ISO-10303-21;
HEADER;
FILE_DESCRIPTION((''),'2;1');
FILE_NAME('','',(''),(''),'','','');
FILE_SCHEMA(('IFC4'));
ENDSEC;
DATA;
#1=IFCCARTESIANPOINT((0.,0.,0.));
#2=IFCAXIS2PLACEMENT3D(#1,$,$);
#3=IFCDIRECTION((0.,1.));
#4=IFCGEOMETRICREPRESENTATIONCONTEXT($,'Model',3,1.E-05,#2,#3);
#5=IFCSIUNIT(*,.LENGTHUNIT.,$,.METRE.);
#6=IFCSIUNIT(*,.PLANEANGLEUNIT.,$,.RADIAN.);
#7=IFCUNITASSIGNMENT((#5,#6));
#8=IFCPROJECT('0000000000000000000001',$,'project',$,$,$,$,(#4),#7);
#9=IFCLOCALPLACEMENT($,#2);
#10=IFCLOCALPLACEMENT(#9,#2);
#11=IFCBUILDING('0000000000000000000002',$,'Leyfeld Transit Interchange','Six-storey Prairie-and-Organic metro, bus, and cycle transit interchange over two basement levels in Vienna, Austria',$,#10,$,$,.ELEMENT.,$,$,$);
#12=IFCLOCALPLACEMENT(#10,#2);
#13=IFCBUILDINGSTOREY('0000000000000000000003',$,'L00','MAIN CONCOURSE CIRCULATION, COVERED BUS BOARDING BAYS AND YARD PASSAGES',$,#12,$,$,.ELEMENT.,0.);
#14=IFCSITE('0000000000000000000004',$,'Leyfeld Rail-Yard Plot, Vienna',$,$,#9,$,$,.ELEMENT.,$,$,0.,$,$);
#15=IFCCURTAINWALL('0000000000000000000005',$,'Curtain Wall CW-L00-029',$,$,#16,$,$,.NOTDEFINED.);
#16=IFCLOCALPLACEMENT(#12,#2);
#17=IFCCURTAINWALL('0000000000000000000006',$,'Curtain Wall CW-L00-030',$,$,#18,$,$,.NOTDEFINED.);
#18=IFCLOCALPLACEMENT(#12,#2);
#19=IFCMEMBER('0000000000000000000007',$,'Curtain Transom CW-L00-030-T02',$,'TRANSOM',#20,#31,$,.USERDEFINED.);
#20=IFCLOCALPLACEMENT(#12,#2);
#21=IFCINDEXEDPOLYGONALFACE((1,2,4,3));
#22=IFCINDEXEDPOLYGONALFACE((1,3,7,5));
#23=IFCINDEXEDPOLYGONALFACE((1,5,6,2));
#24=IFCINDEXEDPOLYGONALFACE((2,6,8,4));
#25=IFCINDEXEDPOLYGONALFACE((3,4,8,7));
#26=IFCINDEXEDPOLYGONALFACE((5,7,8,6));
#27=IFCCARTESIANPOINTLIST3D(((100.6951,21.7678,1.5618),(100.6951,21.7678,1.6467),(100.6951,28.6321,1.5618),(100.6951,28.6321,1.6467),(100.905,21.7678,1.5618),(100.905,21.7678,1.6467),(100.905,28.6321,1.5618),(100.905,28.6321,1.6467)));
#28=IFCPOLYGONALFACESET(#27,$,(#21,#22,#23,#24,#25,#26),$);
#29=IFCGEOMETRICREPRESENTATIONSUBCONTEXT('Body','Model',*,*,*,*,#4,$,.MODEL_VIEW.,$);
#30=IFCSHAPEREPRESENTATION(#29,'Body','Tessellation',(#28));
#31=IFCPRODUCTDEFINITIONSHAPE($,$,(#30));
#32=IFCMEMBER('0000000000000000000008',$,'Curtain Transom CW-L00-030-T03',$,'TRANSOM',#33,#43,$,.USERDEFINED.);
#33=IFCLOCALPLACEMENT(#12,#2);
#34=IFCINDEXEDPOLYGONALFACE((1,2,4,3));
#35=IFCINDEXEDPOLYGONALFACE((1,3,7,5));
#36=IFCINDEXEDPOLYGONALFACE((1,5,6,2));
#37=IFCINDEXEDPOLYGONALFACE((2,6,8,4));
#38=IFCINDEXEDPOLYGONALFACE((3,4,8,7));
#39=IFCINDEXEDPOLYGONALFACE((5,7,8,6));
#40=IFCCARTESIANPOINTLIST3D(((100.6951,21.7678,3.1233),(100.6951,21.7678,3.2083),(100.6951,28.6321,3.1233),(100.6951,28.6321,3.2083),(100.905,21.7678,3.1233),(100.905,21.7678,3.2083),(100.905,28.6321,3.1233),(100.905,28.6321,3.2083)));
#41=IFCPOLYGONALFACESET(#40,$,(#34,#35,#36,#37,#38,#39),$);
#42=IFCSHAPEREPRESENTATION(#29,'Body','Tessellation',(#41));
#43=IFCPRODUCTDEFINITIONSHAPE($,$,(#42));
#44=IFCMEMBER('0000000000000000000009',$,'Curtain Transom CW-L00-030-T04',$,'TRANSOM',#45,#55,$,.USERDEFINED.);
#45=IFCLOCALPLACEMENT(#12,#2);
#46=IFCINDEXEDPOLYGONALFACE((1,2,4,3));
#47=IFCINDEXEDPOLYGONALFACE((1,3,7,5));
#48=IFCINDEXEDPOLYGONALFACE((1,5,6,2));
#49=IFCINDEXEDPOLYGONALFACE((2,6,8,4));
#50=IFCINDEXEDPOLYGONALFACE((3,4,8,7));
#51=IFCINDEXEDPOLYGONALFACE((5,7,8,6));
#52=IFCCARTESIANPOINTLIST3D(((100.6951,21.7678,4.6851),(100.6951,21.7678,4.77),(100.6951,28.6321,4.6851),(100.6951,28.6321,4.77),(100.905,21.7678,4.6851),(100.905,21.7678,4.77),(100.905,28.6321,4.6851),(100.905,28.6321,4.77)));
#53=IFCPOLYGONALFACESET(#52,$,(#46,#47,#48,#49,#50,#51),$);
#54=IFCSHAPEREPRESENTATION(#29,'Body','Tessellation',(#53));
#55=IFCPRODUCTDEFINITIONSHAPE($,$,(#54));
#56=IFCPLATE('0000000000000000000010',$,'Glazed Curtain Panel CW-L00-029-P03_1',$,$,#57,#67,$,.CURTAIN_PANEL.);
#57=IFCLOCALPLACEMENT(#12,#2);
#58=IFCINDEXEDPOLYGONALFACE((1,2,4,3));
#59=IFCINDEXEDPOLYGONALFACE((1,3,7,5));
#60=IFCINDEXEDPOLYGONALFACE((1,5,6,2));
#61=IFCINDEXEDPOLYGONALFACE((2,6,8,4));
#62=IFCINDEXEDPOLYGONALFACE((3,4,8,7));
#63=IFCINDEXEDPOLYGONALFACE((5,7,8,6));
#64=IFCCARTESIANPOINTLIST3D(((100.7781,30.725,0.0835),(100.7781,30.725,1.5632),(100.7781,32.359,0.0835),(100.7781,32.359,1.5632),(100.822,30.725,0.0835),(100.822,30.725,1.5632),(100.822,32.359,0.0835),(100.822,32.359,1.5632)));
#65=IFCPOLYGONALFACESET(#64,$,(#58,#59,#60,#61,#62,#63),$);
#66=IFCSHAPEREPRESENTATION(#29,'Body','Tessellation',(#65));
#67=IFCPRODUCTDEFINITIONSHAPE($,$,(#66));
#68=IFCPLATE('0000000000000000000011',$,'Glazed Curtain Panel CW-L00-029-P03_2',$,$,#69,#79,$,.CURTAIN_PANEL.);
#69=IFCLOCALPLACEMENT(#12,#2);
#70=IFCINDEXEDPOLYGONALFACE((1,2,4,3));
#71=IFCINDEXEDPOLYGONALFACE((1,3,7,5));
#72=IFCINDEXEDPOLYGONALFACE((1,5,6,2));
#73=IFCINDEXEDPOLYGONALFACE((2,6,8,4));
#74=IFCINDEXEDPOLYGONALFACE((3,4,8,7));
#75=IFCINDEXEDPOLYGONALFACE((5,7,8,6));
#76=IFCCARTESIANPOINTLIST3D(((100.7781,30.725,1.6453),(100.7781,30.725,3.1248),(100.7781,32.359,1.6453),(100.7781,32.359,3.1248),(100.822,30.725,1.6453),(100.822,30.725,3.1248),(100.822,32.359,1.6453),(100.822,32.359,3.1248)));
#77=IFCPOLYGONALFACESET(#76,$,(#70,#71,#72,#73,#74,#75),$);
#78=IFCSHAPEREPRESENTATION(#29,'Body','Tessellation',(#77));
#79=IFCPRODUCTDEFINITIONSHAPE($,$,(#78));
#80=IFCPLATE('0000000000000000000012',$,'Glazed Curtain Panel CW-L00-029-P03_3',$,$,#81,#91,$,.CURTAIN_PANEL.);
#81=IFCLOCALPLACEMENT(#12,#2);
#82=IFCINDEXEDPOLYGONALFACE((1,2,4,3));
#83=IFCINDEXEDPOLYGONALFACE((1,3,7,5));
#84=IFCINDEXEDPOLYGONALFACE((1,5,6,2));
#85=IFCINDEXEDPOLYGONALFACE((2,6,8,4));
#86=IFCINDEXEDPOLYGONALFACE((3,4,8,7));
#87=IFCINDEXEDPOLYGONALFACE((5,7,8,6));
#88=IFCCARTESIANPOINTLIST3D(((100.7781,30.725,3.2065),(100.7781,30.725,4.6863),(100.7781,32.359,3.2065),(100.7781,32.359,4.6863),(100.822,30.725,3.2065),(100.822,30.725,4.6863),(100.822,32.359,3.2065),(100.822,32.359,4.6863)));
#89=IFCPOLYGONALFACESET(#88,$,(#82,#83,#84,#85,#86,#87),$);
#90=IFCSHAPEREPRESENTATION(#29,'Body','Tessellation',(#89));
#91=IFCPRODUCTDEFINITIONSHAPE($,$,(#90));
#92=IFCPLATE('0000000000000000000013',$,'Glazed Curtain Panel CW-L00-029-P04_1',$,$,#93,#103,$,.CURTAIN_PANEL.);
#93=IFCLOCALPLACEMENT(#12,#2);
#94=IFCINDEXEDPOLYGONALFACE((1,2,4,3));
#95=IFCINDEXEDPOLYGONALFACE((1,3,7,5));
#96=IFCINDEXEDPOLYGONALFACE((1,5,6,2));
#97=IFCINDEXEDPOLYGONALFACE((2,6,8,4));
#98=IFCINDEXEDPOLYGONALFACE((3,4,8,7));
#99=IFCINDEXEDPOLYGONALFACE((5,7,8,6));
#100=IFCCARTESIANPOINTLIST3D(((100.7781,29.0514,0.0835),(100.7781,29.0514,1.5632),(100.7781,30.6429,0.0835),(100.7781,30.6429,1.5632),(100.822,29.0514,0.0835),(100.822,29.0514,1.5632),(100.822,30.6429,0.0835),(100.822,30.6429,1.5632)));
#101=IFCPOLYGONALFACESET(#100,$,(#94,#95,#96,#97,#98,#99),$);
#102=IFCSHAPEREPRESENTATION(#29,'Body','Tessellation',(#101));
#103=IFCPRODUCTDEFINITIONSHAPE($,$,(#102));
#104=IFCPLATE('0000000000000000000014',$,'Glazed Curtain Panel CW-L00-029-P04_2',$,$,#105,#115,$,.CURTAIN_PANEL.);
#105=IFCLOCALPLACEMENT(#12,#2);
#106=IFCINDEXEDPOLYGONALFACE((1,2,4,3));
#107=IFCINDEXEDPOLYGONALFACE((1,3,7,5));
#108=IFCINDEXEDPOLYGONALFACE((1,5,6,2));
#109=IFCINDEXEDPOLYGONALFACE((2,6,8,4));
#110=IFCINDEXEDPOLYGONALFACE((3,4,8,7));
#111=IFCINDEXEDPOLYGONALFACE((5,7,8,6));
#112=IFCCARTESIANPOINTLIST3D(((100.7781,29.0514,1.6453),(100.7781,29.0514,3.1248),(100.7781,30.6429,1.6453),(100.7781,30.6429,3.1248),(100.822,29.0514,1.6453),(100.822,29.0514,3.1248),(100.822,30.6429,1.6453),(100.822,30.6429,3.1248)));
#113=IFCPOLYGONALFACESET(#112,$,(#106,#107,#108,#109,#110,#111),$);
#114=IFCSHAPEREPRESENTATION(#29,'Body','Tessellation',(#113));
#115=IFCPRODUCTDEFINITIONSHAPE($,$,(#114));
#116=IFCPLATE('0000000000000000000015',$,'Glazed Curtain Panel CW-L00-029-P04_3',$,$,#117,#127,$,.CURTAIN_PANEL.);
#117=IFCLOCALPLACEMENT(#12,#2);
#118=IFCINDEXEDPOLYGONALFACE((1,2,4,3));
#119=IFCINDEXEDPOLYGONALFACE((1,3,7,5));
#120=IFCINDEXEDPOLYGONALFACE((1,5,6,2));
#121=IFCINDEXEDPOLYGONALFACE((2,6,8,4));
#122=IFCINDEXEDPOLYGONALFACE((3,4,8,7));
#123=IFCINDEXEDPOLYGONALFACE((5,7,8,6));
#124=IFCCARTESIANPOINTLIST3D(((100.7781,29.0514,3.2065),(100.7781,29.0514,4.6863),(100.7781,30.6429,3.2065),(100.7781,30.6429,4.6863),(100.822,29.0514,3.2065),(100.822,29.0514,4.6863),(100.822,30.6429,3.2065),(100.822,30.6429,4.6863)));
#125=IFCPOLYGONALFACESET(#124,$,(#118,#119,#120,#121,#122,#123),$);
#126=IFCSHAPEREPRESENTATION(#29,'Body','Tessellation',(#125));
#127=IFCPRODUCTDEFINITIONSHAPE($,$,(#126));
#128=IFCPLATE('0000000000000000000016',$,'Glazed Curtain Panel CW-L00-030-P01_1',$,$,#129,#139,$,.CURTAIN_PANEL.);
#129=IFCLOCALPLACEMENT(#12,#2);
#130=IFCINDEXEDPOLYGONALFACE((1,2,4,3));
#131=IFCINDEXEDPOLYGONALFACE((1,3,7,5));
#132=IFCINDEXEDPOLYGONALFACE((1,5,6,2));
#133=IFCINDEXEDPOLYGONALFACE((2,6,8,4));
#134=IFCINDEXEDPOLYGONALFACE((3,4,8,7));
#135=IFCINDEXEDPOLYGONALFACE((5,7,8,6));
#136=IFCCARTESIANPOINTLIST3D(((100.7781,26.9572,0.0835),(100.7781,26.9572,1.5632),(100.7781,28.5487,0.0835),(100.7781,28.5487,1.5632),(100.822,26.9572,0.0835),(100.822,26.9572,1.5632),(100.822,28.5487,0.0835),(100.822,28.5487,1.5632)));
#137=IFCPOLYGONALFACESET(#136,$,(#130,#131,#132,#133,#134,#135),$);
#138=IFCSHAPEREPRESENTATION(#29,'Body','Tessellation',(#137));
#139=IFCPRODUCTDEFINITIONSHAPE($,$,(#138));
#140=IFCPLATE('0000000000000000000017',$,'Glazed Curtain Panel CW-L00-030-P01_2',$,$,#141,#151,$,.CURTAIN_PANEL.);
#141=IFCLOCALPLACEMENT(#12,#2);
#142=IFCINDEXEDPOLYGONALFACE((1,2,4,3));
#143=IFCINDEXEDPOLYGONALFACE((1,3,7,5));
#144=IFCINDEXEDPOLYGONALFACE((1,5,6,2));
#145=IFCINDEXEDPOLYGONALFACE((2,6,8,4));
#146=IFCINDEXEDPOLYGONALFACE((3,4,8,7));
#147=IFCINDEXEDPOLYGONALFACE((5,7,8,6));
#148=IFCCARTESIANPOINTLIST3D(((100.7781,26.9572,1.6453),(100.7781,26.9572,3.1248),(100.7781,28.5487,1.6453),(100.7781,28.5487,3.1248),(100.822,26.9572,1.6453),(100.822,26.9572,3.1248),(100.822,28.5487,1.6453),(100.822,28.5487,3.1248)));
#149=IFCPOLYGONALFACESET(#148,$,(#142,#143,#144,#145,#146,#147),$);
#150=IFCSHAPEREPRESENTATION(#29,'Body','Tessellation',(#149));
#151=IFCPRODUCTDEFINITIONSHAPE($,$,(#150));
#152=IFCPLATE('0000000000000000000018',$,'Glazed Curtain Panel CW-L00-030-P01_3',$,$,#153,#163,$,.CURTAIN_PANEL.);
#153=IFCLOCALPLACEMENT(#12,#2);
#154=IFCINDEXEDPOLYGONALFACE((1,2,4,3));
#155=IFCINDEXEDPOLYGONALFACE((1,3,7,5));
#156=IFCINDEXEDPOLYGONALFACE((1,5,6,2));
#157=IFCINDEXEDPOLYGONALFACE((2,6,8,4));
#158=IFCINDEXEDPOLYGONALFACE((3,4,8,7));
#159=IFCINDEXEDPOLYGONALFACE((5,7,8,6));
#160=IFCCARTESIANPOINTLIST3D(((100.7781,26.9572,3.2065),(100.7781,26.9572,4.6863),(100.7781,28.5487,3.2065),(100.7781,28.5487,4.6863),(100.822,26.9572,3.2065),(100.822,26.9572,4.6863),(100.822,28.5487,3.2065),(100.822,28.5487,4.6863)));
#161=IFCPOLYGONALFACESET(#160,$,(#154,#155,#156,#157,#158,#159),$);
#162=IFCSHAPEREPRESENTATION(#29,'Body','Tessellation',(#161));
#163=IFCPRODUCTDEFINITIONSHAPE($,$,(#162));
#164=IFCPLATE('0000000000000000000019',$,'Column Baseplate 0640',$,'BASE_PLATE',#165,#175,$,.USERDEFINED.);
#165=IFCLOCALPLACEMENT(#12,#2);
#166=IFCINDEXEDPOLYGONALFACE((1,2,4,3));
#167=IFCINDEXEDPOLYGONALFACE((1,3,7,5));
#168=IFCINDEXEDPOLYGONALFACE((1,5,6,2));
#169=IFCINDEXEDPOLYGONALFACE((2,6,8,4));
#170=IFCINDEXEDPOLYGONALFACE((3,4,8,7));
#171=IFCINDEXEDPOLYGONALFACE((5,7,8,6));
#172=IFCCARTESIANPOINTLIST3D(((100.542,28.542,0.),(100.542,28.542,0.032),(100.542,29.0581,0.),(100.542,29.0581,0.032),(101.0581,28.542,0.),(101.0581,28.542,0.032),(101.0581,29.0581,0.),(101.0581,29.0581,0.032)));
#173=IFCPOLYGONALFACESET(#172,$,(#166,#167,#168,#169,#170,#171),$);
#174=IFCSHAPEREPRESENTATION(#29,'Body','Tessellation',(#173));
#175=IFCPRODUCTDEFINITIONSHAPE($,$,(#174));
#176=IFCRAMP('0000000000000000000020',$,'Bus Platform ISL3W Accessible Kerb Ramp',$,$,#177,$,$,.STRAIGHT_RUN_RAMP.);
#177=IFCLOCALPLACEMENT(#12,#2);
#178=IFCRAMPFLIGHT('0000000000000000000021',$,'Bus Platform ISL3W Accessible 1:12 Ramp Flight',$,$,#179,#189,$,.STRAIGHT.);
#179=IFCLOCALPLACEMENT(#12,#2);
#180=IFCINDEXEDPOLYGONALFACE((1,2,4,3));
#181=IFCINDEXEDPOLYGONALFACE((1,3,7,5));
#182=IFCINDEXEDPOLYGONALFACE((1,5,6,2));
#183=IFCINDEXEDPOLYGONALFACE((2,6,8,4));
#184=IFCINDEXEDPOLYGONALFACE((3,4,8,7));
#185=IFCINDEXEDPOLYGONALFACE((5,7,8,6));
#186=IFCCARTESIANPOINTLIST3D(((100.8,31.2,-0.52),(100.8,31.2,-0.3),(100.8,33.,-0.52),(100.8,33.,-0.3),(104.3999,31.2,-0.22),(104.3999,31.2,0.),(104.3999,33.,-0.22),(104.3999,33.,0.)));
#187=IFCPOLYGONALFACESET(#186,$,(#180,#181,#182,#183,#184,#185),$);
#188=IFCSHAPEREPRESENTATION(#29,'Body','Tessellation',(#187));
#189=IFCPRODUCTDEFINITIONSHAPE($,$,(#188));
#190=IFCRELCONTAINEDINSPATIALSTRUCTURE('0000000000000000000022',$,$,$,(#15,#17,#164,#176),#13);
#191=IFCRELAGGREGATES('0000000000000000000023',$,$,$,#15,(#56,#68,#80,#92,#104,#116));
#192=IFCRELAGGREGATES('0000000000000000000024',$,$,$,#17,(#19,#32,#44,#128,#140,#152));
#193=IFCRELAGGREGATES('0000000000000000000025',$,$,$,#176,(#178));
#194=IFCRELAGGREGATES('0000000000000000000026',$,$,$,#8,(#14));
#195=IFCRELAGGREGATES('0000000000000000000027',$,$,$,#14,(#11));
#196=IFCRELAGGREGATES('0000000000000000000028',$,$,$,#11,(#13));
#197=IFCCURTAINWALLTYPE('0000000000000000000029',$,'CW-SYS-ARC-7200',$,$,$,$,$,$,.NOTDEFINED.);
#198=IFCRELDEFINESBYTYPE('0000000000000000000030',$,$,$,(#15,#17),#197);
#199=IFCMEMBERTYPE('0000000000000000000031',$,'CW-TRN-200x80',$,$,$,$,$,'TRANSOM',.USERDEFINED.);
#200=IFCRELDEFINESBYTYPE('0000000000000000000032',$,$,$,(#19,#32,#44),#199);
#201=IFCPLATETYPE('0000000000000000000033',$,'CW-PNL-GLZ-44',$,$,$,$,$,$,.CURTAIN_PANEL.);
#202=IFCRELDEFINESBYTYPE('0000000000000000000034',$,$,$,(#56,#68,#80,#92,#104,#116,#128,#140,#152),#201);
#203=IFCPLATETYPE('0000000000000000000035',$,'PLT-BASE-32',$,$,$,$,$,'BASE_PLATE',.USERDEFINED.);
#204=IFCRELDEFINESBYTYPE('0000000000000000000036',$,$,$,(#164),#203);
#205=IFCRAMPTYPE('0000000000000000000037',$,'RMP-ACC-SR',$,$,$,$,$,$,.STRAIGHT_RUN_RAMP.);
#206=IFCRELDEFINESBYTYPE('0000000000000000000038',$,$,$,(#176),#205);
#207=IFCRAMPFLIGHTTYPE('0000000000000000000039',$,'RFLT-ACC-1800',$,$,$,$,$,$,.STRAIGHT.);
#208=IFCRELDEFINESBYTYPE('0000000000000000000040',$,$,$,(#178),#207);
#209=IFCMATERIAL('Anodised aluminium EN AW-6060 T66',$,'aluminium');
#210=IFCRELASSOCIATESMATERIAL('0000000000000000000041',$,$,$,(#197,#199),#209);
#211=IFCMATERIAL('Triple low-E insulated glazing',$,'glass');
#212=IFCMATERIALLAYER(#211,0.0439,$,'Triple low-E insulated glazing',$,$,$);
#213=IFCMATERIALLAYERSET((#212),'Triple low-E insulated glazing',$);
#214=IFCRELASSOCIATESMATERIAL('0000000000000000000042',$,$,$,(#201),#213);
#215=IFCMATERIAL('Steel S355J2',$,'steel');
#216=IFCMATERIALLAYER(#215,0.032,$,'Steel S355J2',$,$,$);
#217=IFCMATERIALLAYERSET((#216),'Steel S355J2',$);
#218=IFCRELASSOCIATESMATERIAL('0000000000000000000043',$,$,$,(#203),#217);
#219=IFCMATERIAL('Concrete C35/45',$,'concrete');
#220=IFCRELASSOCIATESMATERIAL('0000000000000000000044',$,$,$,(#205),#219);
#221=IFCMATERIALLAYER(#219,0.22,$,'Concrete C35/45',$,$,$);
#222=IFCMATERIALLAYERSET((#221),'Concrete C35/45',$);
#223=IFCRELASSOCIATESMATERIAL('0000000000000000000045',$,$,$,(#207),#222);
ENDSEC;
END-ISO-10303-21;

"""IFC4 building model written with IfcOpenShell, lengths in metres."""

from ifc_helpers import new_model, si_unit, direction, frame, origin, origin_2d, place, context, subcontext, project, spatial, polyline, rectangle, outline, extrude, material, layer, layer_set, material_profile, profile_set, type_object, element, aggregate, save


model = new_model("IFC4")

# Units and contexts
model_context = context("Model", 3, precision=1e-05, world=origin(), true_north=direction((0.0, 1.0)))
body_context = subcontext(model_context, "Body", "Model", "MODEL_VIEW")
ifc_project = project(units=[si_unit("LENGTHUNIT", "METRE"), si_unit("PLANEANGLEUNIT", "RADIAN")], contexts=[model_context])

# Site, building, storey
site_placement = place(None, origin())
site = spatial("IfcSite", under=ifc_project, at=site_placement, Name="Leyfeld Rail-Yard Plot, Vienna", CompositionType="ELEMENT", RefElevation=0.0)
building_placement = place(site_placement, origin())
building = spatial("IfcBuilding", under=site, at=building_placement, Name="Leyfeld Transit Interchange", Description="Six-storey Prairie-and-Organic metro, bus, and cycle transit interchange over two basement levels in Vienna, Austria", CompositionType="ELEMENT")
storey_placement = place(building_placement, origin())
storey = spatial("IfcBuildingStorey", under=building, at=storey_placement, Name="L00", Description="MAIN CONCOURSE CIRCULATION, COVERED BUS BOARDING BAYS AND YARD PASSAGES", CompositionType="ELEMENT", Elevation=0.0)

# Shared definitions
ifc_material_1 = material(Name="Steel S355J2", Category="steel")

# Curtain walls, members
ifc_material_2 = material(Name="Anodised aluminium EN AW-6060 T66", Category="aluminium")
curtain_wall_type = type_object("IfcCurtainWallType", Name="CW-SYS-ARC-7200", PredefinedType="NOTDEFINED", material=ifc_material_2)
curtain_wall_1_placement = place(storey_placement, origin())
curtain_wall_1 = element("IfcCurtainWall", 1, at=curtain_wall_1_placement, inside=storey, type_object=curtain_wall_type, Name="Curtain Wall CW-L00-029", PredefinedType="NOTDEFINED")
curtain_wall_2_placement = place(storey_placement, origin())
curtain_wall_2 = element("IfcCurtainWall", 2, at=curtain_wall_2_placement, inside=storey, type_object=curtain_wall_type, Name="Curtain Wall CW-L00-030", PredefinedType="NOTDEFINED")
ifc_material_profile_1 = material_profile(ifc_material_2, rectangle(XDim=0.21, YDim=0.085, at=origin_2d()), Name="CW-TRN-200x80")
ifc_profile_set_1 = profile_set([ifc_material_profile_1], Name="Anodised aluminium EN AW-6060 T66")
member_type_1 = type_object("IfcMemberType", Name="CW-TRN-200x80", ElementType="TRANSOM", PredefinedType="USERDEFINED", material=ifc_profile_set_1)
member_1_placement = place(storey_placement, frame((100.8, 28.6321, 1.6042), z_axis=(0.0, -1.0, 0.0), x_axis=(1.0, 0.0, 0.0)))
member_1 = element("IfcMember", 3, at=member_1_placement, type_object=member_type_1, Name="Curtain Transom CW-L00-030-T02", ObjectType="TRANSOM", PredefinedType="USERDEFINED", context=body_context, shape_type="SweptSolid", body=[
    extrude(rectangle(XDim=0.21, YDim=0.085, at=origin_2d()), origin(), (0.0, 0.0, 1.0), 6.8643),
])
member_2_placement = place(storey_placement, frame((100.8, 28.6321, 3.1658), z_axis=(0.0, -1.0, 0.0), x_axis=(1.0, 0.0, 0.0)))
member_2 = element("IfcMember", 4, at=member_2_placement, type_object=member_type_1, Name="Curtain Transom CW-L00-030-T03", ObjectType="TRANSOM", PredefinedType="USERDEFINED", context=body_context, shape_type="SweptSolid", body=[
    extrude(rectangle(XDim=0.21, YDim=0.085, at=origin_2d()), origin(), (0.0, 0.0, 1.0), 6.8643),
])
member_3_placement = place(storey_placement, frame((100.8, 28.6321, 4.7275), z_axis=(0.0, -1.0, 0.0), x_axis=(1.0, 0.0, 0.0)))
member_3 = element("IfcMember", 5, at=member_3_placement, type_object=member_type_1, Name="Curtain Transom CW-L00-030-T04", ObjectType="TRANSOM", PredefinedType="USERDEFINED", context=body_context, shape_type="SweptSolid", body=[
    extrude(rectangle(XDim=0.21, YDim=0.085, at=origin_2d()), origin(), (0.0, 0.0, 1.0), 6.8643),
])

# Plates
ifc_material_3 = material(Name="Triple low-E insulated glazing", Category="glass")
ifc_layer_1 = layer(ifc_material_3, 0.0439, Name="Triple low-E insulated glazing")
ifc_layer_set_1 = layer_set([ifc_layer_1], Name="Triple low-E insulated glazing")
plate_type_1 = type_object("IfcPlateType", Name="CW-PNL-GLZ-44", PredefinedType="CURTAIN_PANEL", material=ifc_layer_set_1)
plate_1_placement = place(storey_placement, frame((100.8, 31.542, 0.0835), z_axis=(0.0, 0.0, 1.0), x_axis=(0.0, -1.0, 0.0)))
plate_1 = element("IfcPlate", 6, at=plate_1_placement, type_object=plate_type_1, Name="Glazed Curtain Panel CW-L00-029-P03_1", PredefinedType="CURTAIN_PANEL", context=body_context, shape_type="SweptSolid", body=[
    extrude(rectangle(XDim=1.634, YDim=0.0439, at=origin_2d()), origin(), (0.0, 0.0, 1.0), 1.4797),
])
plate_2_placement = place(storey_placement, frame((100.8, 31.542, 1.6453), z_axis=(0.0, 0.0, 1.0), x_axis=(0.0, -1.0, 0.0)))
plate_2 = element("IfcPlate", 7, at=plate_2_placement, type_object=plate_type_1, Name="Glazed Curtain Panel CW-L00-029-P03_2", PredefinedType="CURTAIN_PANEL", context=body_context, shape_type="SweptSolid", body=[
    extrude(rectangle(XDim=1.634, YDim=0.0439, at=origin_2d()), origin(), (0.0, 0.0, 1.0), 1.4795),
])
plate_3_placement = place(storey_placement, frame((100.8, 31.542, 3.2065), z_axis=(0.0, 0.0, 1.0), x_axis=(0.0, -1.0, 0.0)))
plate_3 = element("IfcPlate", 8, at=plate_3_placement, type_object=plate_type_1, Name="Glazed Curtain Panel CW-L00-029-P03_3", PredefinedType="CURTAIN_PANEL", context=body_context, shape_type="SweptSolid", body=[
    extrude(rectangle(XDim=1.634, YDim=0.0439, at=origin_2d()), origin(), (0.0, 0.0, 1.0), 1.4797),
])
plate_4_placement = place(storey_placement, frame((100.8, 29.8472, 0.0835), z_axis=(0.0, 0.0, 1.0), x_axis=(0.0, -1.0, 0.0)))
plate_4 = element("IfcPlate", 9, at=plate_4_placement, type_object=plate_type_1, Name="Glazed Curtain Panel CW-L00-029-P04_1", PredefinedType="CURTAIN_PANEL", context=body_context, shape_type="SweptSolid", body=[
    extrude(rectangle(XDim=1.5916, YDim=0.0439, at=origin_2d()), origin(), (0.0, 0.0, 1.0), 1.4797),
])
plate_5_placement = place(storey_placement, frame((100.8, 29.8472, 1.6453), z_axis=(0.0, 0.0, 1.0), x_axis=(0.0, -1.0, 0.0)))
plate_5 = element("IfcPlate", 10, at=plate_5_placement, type_object=plate_type_1, Name="Glazed Curtain Panel CW-L00-029-P04_2", PredefinedType="CURTAIN_PANEL", context=body_context, shape_type="SweptSolid", body=[
    extrude(rectangle(XDim=1.5916, YDim=0.0439, at=origin_2d()), origin(), (0.0, 0.0, 1.0), 1.4795),
])
plate_6_placement = place(storey_placement, frame((100.8, 29.8472, 3.2065), z_axis=(0.0, 0.0, 1.0), x_axis=(0.0, -1.0, 0.0)))
plate_6 = element("IfcPlate", 11, at=plate_6_placement, type_object=plate_type_1, Name="Glazed Curtain Panel CW-L00-029-P04_3", PredefinedType="CURTAIN_PANEL", context=body_context, shape_type="SweptSolid", body=[
    extrude(rectangle(XDim=1.5916, YDim=0.0439, at=origin_2d()), origin(), (0.0, 0.0, 1.0), 1.4797),
])
aggregate(curtain_wall_1, [plate_1, plate_2, plate_3, plate_4, plate_5, plate_6])
plate_7_placement = place(storey_placement, frame((100.8, 27.7529, 0.0835), z_axis=(0.0, 0.0, 1.0), x_axis=(0.0, -1.0, 0.0)))
plate_7 = element("IfcPlate", 12, at=plate_7_placement, type_object=plate_type_1, Name="Glazed Curtain Panel CW-L00-030-P01_1", PredefinedType="CURTAIN_PANEL", context=body_context, shape_type="SweptSolid", body=[
    extrude(rectangle(XDim=1.5916, YDim=0.0439, at=origin_2d()), origin(), (0.0, 0.0, 1.0), 1.4797),
])
plate_8_placement = place(storey_placement, frame((100.8, 27.7529, 1.6453), z_axis=(0.0, 0.0, 1.0), x_axis=(0.0, -1.0, 0.0)))
plate_8 = element("IfcPlate", 13, at=plate_8_placement, type_object=plate_type_1, Name="Glazed Curtain Panel CW-L00-030-P01_2", PredefinedType="CURTAIN_PANEL", context=body_context, shape_type="SweptSolid", body=[
    extrude(rectangle(XDim=1.5916, YDim=0.0439, at=origin_2d()), origin(), (0.0, 0.0, 1.0), 1.4795),
])
plate_9_placement = place(storey_placement, frame((100.8, 27.7529, 3.2065), z_axis=(0.0, 0.0, 1.0), x_axis=(0.0, -1.0, 0.0)))
plate_9 = element("IfcPlate", 14, at=plate_9_placement, type_object=plate_type_1, Name="Glazed Curtain Panel CW-L00-030-P01_3", PredefinedType="CURTAIN_PANEL", context=body_context, shape_type="SweptSolid", body=[
    extrude(rectangle(XDim=1.5916, YDim=0.0439, at=origin_2d()), origin(), (0.0, 0.0, 1.0), 1.4797),
])
aggregate(curtain_wall_2, [member_1, member_2, member_3, plate_7, plate_8, plate_9])
ifc_layer_2 = layer(ifc_material_1, 0.032, Name="Steel S355J2")
ifc_layer_set_2 = layer_set([ifc_layer_2], Name="Steel S355J2")
plate_type_2 = type_object("IfcPlateType", Name="PLT-BASE-32", ElementType="BASE_PLATE", PredefinedType="USERDEFINED", material=ifc_layer_set_2)
plate_10_placement = place(storey_placement, frame((100.8, 28.8, 0.0), z_axis=(0.0, 0.0, 1.0), x_axis=(1.0, 0.0, 0.0)))
element("IfcPlate", 15, at=plate_10_placement, inside=storey, type_object=plate_type_2, Name="Column Baseplate 0640", ObjectType="BASE_PLATE", PredefinedType="USERDEFINED", context=body_context, shape_type="SweptSolid", body=[
    extrude(rectangle(XDim=0.5161, YDim=0.5161, at=origin_2d()), origin(), (0.0, 0.0, 1.0), 0.032),
])

# Ramp, ramp flight
ifc_material_4 = material(Name="Concrete C35/45", Category="concrete")
ramp_type = type_object("IfcRampType", Name="RMP-ACC-SR", PredefinedType="STRAIGHT_RUN_RAMP", material=ifc_material_4)
ramp_placement = place(storey_placement, origin())
ramp = element("IfcRamp", 16, at=ramp_placement, inside=storey, type_object=ramp_type, Name="Bus Platform ISL3W Accessible Kerb Ramp", PredefinedType="STRAIGHT_RUN_RAMP")
ifc_layer_3 = layer(ifc_material_4, 0.22, Name="Concrete C35/45")
ifc_layer_set_3 = layer_set([ifc_layer_3], Name="Concrete C35/45")
ramp_flight_type = type_object("IfcRampFlightType", Name="RFLT-ACC-1800", PredefinedType="STRAIGHT", material=ifc_layer_set_3)
ramp_flight_placement = place(storey_placement, frame((100.8, 32.1001, -0.3), z_axis=(0.0, 0.0, 1.0), x_axis=(1.0, 0.0, 0.0)))
ramp_flight = element("IfcRampFlight", 17, at=ramp_flight_placement, type_object=ramp_flight_type, Name="Bus Platform ISL3W Accessible 1:12 Ramp Flight", PredefinedType="STRAIGHT", context=body_context, shape_type="SweptSolid", body=[
    extrude(outline(polyline([(0.0, 0.0), (3.5999, 0.3), (3.5999, 0.0801), (0.0, -0.22), (0.0, 0.0)])), frame((0.0, 0.8999, 0.0), z_axis=(0.0, -1.0, 0.0), x_axis=(1.0, 0.0, 0.0)), (0.0, 0.0, 1.0), 1.8),
])
aggregate(ramp, [ramp_flight])

save(model, "model.ifc")
